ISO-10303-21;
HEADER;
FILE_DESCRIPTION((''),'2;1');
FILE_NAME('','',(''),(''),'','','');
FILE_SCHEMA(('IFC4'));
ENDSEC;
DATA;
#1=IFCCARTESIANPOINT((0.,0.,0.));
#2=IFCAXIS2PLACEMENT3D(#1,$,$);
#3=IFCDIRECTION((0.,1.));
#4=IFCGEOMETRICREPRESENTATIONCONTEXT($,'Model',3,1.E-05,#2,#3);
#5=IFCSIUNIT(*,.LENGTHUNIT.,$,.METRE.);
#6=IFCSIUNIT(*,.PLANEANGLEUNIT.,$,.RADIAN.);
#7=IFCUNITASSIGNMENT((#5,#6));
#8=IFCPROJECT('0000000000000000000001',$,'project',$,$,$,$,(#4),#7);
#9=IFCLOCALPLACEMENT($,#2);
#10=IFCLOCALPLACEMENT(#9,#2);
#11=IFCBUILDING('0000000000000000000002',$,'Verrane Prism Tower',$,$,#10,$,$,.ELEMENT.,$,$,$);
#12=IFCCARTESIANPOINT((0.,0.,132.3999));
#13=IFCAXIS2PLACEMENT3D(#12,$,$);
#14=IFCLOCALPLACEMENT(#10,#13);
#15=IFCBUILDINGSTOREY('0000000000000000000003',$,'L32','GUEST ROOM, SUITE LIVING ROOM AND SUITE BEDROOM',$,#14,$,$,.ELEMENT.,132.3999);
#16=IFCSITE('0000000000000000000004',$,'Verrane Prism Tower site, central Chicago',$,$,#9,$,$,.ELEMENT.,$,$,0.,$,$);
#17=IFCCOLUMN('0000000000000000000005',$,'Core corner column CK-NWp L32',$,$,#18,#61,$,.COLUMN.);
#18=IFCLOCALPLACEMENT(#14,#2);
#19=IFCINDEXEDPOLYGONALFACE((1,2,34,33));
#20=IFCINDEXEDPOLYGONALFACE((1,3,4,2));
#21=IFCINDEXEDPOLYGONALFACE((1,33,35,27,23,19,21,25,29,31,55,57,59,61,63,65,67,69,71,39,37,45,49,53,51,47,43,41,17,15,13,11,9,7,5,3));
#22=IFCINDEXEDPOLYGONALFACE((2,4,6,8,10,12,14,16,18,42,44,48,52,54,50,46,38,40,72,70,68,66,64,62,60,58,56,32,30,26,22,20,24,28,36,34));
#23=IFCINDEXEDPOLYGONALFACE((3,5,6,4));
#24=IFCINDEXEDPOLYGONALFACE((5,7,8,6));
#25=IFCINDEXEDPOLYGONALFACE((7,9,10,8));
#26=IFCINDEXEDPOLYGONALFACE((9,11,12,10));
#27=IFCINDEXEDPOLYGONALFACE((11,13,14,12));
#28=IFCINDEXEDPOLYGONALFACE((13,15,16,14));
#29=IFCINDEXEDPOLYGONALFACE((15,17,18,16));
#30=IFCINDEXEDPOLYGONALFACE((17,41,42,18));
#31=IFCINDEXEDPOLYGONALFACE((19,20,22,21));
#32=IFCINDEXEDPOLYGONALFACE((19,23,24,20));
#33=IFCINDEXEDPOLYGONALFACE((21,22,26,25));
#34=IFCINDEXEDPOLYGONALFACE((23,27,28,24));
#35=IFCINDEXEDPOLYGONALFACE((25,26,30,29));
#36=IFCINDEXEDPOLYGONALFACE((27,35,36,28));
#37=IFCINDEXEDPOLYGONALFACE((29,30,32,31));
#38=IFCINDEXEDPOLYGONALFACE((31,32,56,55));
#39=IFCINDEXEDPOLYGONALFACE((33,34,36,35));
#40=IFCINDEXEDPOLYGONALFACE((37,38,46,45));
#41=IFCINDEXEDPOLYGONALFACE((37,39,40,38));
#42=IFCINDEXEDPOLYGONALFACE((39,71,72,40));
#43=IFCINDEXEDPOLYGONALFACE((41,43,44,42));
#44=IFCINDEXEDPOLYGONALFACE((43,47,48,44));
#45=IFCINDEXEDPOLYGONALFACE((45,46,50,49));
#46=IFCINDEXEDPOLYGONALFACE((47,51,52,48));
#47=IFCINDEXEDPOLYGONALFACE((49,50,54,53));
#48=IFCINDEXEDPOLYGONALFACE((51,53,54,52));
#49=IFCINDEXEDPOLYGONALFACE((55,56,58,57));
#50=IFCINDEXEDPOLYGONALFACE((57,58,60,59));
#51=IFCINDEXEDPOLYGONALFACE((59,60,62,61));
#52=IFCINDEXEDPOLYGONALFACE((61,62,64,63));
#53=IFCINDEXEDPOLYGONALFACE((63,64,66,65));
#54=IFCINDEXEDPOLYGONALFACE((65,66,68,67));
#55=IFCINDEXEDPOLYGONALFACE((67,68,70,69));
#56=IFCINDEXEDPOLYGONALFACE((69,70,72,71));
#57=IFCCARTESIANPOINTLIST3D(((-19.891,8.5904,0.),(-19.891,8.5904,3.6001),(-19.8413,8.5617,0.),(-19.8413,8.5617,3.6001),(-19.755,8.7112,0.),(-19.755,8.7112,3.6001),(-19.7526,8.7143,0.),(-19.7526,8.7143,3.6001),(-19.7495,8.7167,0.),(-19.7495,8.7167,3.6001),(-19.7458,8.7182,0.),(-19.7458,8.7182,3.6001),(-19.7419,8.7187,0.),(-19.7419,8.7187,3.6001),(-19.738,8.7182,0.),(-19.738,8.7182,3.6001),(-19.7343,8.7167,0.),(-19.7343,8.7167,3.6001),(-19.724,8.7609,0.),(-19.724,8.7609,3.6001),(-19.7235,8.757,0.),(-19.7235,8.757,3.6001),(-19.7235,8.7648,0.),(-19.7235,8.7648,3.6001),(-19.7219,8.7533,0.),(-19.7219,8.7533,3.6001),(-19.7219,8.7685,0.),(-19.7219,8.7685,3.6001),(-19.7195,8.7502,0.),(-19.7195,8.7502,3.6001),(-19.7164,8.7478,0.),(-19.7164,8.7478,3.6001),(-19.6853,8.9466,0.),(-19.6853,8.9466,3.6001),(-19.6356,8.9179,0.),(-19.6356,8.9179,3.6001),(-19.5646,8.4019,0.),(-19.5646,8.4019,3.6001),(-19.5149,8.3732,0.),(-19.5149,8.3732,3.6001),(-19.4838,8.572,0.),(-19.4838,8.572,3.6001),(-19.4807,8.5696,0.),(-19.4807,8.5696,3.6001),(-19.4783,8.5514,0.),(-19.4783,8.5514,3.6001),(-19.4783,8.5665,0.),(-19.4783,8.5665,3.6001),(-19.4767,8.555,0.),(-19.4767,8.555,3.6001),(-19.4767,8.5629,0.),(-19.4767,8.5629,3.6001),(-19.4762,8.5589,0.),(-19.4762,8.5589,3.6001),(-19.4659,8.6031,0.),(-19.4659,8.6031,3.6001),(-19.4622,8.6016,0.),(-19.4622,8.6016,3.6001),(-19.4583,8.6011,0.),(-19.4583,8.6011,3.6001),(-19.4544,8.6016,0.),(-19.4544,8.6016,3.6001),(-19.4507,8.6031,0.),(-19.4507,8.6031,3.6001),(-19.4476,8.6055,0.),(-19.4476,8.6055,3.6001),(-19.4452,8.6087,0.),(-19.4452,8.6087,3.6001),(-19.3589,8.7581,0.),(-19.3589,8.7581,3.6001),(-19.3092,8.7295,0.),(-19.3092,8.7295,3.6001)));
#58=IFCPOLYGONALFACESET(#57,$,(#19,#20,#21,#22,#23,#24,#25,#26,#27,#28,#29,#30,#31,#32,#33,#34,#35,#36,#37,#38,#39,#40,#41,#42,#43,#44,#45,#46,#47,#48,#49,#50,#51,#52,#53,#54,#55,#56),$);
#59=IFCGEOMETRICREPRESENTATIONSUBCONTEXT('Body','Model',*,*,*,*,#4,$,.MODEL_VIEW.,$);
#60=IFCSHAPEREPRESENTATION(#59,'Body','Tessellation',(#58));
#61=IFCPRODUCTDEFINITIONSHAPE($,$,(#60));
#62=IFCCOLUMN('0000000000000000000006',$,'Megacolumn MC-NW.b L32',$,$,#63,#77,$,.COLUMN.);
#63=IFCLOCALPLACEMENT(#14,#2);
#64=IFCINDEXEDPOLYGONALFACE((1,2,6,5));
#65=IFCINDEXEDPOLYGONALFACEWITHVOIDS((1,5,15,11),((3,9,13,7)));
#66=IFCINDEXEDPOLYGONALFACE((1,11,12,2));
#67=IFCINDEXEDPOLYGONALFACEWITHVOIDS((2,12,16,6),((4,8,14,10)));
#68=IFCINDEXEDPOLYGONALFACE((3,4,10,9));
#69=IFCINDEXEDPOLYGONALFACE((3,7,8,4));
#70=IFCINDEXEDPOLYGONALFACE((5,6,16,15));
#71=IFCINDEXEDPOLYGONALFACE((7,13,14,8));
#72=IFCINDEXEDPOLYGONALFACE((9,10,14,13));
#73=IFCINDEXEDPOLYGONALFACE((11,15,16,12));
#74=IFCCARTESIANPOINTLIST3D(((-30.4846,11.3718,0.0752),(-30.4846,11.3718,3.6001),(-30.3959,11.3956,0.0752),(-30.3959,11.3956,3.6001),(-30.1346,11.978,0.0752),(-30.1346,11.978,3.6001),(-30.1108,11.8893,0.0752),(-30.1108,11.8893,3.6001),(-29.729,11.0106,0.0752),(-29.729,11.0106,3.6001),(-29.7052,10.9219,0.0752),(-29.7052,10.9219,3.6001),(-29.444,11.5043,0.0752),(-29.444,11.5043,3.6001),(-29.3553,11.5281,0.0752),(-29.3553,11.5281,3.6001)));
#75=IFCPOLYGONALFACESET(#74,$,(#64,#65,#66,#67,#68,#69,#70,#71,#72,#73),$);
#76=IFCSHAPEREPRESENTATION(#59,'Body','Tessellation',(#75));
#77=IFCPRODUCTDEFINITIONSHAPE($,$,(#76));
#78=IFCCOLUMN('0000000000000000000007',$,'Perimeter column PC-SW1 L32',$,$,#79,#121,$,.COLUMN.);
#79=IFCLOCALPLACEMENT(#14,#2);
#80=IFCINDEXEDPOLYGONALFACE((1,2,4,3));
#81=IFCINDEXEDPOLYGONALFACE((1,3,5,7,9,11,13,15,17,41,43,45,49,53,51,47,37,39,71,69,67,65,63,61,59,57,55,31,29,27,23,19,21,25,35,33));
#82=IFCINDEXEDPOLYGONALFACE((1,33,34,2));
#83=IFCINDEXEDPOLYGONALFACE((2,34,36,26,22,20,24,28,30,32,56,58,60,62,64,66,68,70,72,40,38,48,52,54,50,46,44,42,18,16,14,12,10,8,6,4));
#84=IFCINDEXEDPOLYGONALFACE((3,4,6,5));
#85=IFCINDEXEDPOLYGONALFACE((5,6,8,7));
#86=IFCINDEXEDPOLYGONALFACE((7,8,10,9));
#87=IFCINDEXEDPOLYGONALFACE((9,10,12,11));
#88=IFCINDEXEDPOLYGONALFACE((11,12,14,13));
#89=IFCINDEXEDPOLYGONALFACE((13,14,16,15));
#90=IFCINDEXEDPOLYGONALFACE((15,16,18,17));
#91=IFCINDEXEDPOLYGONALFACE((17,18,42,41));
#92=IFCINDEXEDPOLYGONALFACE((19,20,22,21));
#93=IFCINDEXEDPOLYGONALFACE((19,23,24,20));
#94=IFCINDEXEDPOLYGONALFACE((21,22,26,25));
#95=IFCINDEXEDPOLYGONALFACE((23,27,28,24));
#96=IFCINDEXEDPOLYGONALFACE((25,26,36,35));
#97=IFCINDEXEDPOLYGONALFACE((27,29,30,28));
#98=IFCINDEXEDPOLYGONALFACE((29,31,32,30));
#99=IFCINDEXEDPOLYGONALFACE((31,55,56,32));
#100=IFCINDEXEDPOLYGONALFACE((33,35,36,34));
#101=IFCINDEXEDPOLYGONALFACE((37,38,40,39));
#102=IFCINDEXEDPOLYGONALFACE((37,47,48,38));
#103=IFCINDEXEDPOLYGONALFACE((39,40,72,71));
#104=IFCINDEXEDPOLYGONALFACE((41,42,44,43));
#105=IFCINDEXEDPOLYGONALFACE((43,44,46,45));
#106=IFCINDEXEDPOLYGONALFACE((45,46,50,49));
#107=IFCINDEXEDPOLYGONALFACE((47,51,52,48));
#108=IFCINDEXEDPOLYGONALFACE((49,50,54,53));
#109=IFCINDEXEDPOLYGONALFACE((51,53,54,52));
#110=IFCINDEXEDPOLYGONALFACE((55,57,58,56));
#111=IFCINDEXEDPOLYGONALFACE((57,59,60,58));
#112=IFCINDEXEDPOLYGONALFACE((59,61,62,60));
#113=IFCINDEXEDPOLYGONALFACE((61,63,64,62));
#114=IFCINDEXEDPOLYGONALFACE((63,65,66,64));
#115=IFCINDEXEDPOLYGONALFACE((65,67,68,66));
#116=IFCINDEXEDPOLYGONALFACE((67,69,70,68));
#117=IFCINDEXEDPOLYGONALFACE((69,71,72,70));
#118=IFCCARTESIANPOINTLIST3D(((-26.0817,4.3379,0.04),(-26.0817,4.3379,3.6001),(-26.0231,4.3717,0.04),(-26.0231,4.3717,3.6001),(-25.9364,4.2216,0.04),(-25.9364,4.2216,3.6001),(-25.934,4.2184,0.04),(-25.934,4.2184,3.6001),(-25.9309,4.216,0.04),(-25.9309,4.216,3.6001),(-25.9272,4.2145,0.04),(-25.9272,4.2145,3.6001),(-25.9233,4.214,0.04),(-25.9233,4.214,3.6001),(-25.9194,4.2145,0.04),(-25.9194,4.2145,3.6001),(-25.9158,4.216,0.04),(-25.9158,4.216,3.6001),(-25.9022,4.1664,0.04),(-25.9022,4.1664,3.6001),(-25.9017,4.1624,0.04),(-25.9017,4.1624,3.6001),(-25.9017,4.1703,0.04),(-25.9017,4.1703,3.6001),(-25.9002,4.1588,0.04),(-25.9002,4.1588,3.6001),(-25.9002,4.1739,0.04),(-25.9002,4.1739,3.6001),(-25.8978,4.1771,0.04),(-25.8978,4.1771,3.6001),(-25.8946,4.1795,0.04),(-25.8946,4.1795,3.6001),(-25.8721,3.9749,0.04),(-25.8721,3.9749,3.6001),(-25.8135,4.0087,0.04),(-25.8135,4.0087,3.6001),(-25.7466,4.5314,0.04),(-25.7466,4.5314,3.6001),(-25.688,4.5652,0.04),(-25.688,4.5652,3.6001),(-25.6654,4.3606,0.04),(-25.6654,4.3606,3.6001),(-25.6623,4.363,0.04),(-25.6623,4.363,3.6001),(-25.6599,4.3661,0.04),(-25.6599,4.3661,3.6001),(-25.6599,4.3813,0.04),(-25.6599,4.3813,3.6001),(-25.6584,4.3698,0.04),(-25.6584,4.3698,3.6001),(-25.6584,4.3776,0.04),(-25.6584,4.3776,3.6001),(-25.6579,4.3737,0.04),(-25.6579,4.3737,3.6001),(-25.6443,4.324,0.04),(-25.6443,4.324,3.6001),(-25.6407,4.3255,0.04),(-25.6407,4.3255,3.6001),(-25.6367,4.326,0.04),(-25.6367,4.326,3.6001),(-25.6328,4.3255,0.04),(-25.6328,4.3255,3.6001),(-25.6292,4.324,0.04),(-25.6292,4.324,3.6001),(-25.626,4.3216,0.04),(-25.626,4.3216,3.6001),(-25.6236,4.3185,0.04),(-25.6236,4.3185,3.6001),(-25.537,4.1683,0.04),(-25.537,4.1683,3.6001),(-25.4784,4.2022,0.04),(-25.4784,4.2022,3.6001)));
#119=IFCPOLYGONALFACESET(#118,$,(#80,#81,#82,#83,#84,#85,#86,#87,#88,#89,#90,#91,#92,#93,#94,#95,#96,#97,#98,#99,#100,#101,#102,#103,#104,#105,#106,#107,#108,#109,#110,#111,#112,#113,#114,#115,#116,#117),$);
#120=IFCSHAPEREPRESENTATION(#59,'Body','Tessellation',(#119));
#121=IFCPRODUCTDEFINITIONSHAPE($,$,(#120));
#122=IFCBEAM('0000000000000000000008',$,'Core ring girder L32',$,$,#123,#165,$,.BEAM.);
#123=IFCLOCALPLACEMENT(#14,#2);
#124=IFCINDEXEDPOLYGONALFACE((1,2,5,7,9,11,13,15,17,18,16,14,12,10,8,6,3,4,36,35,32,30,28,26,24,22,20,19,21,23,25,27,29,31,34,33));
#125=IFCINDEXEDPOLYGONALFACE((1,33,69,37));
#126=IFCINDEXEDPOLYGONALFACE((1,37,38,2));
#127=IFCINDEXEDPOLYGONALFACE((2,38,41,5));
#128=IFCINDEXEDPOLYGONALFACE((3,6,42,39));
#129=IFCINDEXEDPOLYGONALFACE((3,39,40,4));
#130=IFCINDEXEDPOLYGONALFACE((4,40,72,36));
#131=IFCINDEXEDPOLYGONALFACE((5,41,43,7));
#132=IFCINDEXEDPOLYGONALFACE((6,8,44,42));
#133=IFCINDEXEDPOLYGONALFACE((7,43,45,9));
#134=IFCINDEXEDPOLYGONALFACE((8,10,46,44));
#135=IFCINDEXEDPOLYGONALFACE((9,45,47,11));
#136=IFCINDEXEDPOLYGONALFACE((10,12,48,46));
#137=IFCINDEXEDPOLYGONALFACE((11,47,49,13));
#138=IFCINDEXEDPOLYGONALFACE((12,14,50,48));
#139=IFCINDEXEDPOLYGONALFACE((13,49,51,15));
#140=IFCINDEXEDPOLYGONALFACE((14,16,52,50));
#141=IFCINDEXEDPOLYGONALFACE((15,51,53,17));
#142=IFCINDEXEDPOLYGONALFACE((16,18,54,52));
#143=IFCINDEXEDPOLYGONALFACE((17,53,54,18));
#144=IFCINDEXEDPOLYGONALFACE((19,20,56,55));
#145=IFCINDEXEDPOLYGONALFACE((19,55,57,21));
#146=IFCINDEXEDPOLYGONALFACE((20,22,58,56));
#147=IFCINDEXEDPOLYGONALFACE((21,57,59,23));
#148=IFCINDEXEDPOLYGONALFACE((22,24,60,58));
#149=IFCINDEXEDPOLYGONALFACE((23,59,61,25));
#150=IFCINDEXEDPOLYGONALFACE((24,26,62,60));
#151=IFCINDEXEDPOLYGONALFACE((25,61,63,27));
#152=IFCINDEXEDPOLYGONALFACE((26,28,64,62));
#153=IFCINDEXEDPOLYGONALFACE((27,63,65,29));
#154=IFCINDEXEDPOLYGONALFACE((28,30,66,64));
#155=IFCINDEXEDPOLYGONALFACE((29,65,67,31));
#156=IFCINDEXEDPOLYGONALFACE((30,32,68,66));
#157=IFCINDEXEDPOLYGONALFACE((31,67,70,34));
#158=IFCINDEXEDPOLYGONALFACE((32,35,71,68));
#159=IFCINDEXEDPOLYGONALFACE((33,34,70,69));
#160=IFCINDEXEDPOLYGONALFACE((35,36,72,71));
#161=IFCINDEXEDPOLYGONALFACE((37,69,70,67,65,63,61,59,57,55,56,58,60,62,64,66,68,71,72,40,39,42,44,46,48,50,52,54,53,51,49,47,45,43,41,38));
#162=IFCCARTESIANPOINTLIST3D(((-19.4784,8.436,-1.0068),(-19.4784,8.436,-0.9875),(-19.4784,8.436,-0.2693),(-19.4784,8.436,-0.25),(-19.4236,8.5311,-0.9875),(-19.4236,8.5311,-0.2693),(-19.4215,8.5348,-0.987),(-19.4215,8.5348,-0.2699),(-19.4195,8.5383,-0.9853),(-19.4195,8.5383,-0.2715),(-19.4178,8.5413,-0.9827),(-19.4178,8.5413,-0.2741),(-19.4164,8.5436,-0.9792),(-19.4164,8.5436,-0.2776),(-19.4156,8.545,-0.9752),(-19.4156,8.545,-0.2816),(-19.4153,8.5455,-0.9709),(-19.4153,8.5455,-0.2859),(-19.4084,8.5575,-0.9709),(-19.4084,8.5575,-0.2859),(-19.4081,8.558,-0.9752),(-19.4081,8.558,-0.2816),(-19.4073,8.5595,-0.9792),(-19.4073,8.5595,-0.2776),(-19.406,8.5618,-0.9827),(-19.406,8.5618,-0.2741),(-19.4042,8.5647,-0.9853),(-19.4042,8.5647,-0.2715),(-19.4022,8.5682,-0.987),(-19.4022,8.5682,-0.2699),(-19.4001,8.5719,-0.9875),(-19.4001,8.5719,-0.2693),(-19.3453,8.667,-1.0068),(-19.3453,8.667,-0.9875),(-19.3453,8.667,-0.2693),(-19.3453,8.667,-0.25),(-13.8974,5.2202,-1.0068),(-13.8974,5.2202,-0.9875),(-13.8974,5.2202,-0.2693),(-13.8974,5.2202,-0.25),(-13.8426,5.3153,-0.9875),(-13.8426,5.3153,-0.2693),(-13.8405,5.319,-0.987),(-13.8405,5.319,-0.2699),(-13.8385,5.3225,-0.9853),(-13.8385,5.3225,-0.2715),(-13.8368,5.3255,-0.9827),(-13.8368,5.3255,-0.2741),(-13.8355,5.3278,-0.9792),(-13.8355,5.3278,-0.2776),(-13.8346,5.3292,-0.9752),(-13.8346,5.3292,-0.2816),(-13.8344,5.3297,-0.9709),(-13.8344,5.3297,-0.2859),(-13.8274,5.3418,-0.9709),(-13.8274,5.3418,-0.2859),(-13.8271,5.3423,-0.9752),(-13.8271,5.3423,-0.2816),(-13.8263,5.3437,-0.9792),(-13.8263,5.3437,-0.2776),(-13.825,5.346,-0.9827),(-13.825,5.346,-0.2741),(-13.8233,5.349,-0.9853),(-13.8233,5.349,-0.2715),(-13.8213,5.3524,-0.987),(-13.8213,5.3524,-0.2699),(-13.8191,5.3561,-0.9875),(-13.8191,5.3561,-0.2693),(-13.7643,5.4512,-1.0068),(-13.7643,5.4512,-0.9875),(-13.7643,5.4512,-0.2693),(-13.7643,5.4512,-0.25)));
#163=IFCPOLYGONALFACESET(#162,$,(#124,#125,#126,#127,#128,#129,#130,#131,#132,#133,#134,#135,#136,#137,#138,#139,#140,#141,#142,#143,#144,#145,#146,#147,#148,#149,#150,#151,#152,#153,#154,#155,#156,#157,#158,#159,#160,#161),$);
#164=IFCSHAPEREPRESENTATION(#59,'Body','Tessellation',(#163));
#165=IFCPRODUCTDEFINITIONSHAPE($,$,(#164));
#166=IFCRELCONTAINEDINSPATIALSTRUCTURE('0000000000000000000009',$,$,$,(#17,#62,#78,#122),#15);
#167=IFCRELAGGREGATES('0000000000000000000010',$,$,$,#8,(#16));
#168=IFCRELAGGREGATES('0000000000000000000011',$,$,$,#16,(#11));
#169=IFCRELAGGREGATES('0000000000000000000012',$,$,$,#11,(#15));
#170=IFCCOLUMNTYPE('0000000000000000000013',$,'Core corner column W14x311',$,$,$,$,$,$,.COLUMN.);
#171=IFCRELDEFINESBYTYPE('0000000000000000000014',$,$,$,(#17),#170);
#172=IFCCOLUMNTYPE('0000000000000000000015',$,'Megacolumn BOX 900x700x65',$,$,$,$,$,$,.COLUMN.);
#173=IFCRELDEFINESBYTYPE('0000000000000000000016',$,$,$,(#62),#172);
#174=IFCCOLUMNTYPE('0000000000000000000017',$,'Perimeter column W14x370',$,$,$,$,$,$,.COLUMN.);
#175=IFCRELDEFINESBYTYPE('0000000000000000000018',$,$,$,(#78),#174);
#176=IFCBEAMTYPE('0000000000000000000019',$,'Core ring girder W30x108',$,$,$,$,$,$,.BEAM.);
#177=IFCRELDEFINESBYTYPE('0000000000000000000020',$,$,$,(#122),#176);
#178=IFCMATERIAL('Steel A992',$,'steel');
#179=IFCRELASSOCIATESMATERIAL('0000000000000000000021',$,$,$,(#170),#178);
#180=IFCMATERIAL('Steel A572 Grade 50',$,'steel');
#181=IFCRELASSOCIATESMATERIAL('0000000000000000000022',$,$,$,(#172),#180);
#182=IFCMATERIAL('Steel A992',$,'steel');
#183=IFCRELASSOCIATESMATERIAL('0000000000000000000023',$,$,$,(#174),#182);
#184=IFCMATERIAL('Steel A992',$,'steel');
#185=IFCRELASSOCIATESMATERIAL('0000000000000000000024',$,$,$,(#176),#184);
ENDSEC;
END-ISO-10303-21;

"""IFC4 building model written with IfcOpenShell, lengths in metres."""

from ifc_helpers import new_model, si_unit, direction, frame, origin, origin_2d, place, context, subcontext, project, spatial, hollow_rectangle, i_section, extrude, material, material_profile, profile_set, type_object, element, save


model = new_model("IFC4")

# Units and contexts
model_context = context("Model", 3, precision=1e-05, world=origin(), true_north=direction((0.0, 1.0)))
body_context = subcontext(model_context, "Body", "Model", "MODEL_VIEW")
ifc_project = project(units=[si_unit("LENGTHUNIT", "METRE"), si_unit("PLANEANGLEUNIT", "RADIAN")], contexts=[model_context])

# Site, building, storey
site_placement = place(None, origin())
site = spatial("IfcSite", under=ifc_project, at=site_placement, Name="Verrane Prism Tower site, central Chicago", CompositionType="ELEMENT", RefElevation=0.0)
building_placement = place(site_placement, origin())
building = spatial("IfcBuilding", under=site, at=building_placement, Name="Verrane Prism Tower", CompositionType="ELEMENT")
storey_placement = place(building_placement, frame((0.0, 0.0, 132.3999)))
storey = spatial("IfcBuildingStorey", under=building, at=storey_placement, Name="L32", Description="GUEST ROOM, SUITE LIVING ROOM AND SUITE BEDROOM", CompositionType="ELEMENT", Elevation=132.3999)

# Columns
ifc_material_1 = material(Name="Steel A992", Category="steel")
ifc_material_profile_1 = material_profile(ifc_material_1, i_section(OverallWidth=0.4114, OverallDepth=0.4343, WebThickness=0.0359, FlangeThickness=0.0574, FilletRadius=0.0151, at=origin_2d()), Name="W14x311")
ifc_profile_set_1 = profile_set([ifc_material_profile_1], Name="Steel A992")
column_type_1 = type_object("IfcColumnType", Name="Core corner column W14x311", PredefinedType="COLUMN", material=ifc_profile_set_1)
column_1_placement = place(storey_placement, frame((-19.6001, 8.6599, 0.0), z_axis=(0.0, 0.0, 1.0), x_axis=(0.5, 0.866025, 0.0)))
element("IfcColumn", 1, at=column_1_placement, inside=storey, type_object=column_type_1, Name="Core corner column CK-NWp L32", PredefinedType="COLUMN", context=body_context, shape_type="SweptSolid", body=[
    extrude(i_section(OverallWidth=0.4114, OverallDepth=0.4343, WebThickness=0.0359, FlangeThickness=0.0574, FilletRadius=0.0151, at=origin_2d()), origin(), (0.0, 0.0, 1.0), 3.6001),
])
ifc_material_2 = material(Name="Steel A572 Grade 50", Category="steel")
ifc_material_profile_2 = material_profile(ifc_material_2, hollow_rectangle(XDim=0.7, YDim=0.8999, WallThickness=0.0649, at=origin_2d()), Name="BOX 900x700x65")
ifc_profile_set_2 = profile_set([ifc_material_profile_2], Name="Steel A572 Grade 50")
column_type_2 = type_object("IfcColumnType", Name="Megacolumn BOX 900x700x65", PredefinedType="COLUMN", material=ifc_profile_set_2)
column_2_placement = place(storey_placement, frame((-29.9199, 11.45, 0.0752), z_axis=(0.0, 0.0, 1.0), x_axis=(0.5, 0.866025, 0.0)))
element("IfcColumn", 2, at=column_2_placement, inside=storey, type_object=column_type_2, Name="Megacolumn MC-NW.b L32", PredefinedType="COLUMN", context=body_context, shape_type="SweptSolid", body=[
    extrude(hollow_rectangle(XDim=0.7, YDim=0.8999, WallThickness=0.0649, at=origin_2d()), origin(), (0.0, 0.0, 1.0), 3.5249),
])
ifc_material_3 = material(Name="Steel A992", Category="steel")
ifc_material_profile_3 = material_profile(ifc_material_3, i_section(OverallWidth=0.4192, OverallDepth=0.4546, WebThickness=0.0422, FlangeThickness=0.0676, FilletRadius=0.0151, at=origin_2d()), Name="W14x370")
ifc_profile_set_3 = profile_set([ifc_material_profile_3], Name="Steel A992")
column_type_3 = type_object("IfcColumnType", Name="Perimeter column W14x370", PredefinedType="COLUMN", material=ifc_profile_set_3)
column_3_placement = place(storey_placement, frame((-25.78, 4.27, 0.04), z_axis=(0.0, 0.0, 1.0), x_axis=(-0.5, 0.866025, 0.0)))
element("IfcColumn", 3, at=column_3_placement, inside=storey, type_object=column_type_3, Name="Perimeter column PC-SW1 L32", PredefinedType="COLUMN", context=body_context, shape_type="SweptSolid", body=[
    extrude(i_section(OverallWidth=0.4192, OverallDepth=0.4546, WebThickness=0.0422, FlangeThickness=0.0676, FilletRadius=0.0151, at=origin_2d()), origin(), (0.0, 0.0, 1.0), 3.5601),
])

# Beam
ifc_material_4 = material(Name="Steel A992", Category="steel")
ifc_material_profile_4 = material_profile(ifc_material_4, i_section(OverallWidth=0.2666, OverallDepth=0.7568, WebThickness=0.0139, FlangeThickness=0.0193, FilletRadius=0.0166, at=origin_2d()), Name="W30x108")
ifc_profile_set_4 = profile_set([ifc_material_profile_4], Name="Steel A992")
beam_type_1 = type_object("IfcBeamType", Name="Core ring girder W30x108", PredefinedType="BEAM", material=ifc_profile_set_4)
beam_1_placement = place(storey_placement, frame((-19.4119, 8.5515, -0.6284), z_axis=(0.866456, -0.499254, 0.0), x_axis=(0.499254, 0.866456, 0.0)))
element("IfcBeam", 4, at=beam_1_placement, inside=storey, type_object=beam_type_1, Name="Core ring girder L32", PredefinedType="BEAM", context=body_context, shape_type="SweptSolid", body=[
    extrude(i_section(OverallWidth=0.2666, OverallDepth=0.7568, WebThickness=0.0139, FlangeThickness=0.0193, FilletRadius=0.0166, at=origin_2d()), origin(), (0.0, 0.0, 1.0), 6.4412),
])

save(model, "model.ifc")
